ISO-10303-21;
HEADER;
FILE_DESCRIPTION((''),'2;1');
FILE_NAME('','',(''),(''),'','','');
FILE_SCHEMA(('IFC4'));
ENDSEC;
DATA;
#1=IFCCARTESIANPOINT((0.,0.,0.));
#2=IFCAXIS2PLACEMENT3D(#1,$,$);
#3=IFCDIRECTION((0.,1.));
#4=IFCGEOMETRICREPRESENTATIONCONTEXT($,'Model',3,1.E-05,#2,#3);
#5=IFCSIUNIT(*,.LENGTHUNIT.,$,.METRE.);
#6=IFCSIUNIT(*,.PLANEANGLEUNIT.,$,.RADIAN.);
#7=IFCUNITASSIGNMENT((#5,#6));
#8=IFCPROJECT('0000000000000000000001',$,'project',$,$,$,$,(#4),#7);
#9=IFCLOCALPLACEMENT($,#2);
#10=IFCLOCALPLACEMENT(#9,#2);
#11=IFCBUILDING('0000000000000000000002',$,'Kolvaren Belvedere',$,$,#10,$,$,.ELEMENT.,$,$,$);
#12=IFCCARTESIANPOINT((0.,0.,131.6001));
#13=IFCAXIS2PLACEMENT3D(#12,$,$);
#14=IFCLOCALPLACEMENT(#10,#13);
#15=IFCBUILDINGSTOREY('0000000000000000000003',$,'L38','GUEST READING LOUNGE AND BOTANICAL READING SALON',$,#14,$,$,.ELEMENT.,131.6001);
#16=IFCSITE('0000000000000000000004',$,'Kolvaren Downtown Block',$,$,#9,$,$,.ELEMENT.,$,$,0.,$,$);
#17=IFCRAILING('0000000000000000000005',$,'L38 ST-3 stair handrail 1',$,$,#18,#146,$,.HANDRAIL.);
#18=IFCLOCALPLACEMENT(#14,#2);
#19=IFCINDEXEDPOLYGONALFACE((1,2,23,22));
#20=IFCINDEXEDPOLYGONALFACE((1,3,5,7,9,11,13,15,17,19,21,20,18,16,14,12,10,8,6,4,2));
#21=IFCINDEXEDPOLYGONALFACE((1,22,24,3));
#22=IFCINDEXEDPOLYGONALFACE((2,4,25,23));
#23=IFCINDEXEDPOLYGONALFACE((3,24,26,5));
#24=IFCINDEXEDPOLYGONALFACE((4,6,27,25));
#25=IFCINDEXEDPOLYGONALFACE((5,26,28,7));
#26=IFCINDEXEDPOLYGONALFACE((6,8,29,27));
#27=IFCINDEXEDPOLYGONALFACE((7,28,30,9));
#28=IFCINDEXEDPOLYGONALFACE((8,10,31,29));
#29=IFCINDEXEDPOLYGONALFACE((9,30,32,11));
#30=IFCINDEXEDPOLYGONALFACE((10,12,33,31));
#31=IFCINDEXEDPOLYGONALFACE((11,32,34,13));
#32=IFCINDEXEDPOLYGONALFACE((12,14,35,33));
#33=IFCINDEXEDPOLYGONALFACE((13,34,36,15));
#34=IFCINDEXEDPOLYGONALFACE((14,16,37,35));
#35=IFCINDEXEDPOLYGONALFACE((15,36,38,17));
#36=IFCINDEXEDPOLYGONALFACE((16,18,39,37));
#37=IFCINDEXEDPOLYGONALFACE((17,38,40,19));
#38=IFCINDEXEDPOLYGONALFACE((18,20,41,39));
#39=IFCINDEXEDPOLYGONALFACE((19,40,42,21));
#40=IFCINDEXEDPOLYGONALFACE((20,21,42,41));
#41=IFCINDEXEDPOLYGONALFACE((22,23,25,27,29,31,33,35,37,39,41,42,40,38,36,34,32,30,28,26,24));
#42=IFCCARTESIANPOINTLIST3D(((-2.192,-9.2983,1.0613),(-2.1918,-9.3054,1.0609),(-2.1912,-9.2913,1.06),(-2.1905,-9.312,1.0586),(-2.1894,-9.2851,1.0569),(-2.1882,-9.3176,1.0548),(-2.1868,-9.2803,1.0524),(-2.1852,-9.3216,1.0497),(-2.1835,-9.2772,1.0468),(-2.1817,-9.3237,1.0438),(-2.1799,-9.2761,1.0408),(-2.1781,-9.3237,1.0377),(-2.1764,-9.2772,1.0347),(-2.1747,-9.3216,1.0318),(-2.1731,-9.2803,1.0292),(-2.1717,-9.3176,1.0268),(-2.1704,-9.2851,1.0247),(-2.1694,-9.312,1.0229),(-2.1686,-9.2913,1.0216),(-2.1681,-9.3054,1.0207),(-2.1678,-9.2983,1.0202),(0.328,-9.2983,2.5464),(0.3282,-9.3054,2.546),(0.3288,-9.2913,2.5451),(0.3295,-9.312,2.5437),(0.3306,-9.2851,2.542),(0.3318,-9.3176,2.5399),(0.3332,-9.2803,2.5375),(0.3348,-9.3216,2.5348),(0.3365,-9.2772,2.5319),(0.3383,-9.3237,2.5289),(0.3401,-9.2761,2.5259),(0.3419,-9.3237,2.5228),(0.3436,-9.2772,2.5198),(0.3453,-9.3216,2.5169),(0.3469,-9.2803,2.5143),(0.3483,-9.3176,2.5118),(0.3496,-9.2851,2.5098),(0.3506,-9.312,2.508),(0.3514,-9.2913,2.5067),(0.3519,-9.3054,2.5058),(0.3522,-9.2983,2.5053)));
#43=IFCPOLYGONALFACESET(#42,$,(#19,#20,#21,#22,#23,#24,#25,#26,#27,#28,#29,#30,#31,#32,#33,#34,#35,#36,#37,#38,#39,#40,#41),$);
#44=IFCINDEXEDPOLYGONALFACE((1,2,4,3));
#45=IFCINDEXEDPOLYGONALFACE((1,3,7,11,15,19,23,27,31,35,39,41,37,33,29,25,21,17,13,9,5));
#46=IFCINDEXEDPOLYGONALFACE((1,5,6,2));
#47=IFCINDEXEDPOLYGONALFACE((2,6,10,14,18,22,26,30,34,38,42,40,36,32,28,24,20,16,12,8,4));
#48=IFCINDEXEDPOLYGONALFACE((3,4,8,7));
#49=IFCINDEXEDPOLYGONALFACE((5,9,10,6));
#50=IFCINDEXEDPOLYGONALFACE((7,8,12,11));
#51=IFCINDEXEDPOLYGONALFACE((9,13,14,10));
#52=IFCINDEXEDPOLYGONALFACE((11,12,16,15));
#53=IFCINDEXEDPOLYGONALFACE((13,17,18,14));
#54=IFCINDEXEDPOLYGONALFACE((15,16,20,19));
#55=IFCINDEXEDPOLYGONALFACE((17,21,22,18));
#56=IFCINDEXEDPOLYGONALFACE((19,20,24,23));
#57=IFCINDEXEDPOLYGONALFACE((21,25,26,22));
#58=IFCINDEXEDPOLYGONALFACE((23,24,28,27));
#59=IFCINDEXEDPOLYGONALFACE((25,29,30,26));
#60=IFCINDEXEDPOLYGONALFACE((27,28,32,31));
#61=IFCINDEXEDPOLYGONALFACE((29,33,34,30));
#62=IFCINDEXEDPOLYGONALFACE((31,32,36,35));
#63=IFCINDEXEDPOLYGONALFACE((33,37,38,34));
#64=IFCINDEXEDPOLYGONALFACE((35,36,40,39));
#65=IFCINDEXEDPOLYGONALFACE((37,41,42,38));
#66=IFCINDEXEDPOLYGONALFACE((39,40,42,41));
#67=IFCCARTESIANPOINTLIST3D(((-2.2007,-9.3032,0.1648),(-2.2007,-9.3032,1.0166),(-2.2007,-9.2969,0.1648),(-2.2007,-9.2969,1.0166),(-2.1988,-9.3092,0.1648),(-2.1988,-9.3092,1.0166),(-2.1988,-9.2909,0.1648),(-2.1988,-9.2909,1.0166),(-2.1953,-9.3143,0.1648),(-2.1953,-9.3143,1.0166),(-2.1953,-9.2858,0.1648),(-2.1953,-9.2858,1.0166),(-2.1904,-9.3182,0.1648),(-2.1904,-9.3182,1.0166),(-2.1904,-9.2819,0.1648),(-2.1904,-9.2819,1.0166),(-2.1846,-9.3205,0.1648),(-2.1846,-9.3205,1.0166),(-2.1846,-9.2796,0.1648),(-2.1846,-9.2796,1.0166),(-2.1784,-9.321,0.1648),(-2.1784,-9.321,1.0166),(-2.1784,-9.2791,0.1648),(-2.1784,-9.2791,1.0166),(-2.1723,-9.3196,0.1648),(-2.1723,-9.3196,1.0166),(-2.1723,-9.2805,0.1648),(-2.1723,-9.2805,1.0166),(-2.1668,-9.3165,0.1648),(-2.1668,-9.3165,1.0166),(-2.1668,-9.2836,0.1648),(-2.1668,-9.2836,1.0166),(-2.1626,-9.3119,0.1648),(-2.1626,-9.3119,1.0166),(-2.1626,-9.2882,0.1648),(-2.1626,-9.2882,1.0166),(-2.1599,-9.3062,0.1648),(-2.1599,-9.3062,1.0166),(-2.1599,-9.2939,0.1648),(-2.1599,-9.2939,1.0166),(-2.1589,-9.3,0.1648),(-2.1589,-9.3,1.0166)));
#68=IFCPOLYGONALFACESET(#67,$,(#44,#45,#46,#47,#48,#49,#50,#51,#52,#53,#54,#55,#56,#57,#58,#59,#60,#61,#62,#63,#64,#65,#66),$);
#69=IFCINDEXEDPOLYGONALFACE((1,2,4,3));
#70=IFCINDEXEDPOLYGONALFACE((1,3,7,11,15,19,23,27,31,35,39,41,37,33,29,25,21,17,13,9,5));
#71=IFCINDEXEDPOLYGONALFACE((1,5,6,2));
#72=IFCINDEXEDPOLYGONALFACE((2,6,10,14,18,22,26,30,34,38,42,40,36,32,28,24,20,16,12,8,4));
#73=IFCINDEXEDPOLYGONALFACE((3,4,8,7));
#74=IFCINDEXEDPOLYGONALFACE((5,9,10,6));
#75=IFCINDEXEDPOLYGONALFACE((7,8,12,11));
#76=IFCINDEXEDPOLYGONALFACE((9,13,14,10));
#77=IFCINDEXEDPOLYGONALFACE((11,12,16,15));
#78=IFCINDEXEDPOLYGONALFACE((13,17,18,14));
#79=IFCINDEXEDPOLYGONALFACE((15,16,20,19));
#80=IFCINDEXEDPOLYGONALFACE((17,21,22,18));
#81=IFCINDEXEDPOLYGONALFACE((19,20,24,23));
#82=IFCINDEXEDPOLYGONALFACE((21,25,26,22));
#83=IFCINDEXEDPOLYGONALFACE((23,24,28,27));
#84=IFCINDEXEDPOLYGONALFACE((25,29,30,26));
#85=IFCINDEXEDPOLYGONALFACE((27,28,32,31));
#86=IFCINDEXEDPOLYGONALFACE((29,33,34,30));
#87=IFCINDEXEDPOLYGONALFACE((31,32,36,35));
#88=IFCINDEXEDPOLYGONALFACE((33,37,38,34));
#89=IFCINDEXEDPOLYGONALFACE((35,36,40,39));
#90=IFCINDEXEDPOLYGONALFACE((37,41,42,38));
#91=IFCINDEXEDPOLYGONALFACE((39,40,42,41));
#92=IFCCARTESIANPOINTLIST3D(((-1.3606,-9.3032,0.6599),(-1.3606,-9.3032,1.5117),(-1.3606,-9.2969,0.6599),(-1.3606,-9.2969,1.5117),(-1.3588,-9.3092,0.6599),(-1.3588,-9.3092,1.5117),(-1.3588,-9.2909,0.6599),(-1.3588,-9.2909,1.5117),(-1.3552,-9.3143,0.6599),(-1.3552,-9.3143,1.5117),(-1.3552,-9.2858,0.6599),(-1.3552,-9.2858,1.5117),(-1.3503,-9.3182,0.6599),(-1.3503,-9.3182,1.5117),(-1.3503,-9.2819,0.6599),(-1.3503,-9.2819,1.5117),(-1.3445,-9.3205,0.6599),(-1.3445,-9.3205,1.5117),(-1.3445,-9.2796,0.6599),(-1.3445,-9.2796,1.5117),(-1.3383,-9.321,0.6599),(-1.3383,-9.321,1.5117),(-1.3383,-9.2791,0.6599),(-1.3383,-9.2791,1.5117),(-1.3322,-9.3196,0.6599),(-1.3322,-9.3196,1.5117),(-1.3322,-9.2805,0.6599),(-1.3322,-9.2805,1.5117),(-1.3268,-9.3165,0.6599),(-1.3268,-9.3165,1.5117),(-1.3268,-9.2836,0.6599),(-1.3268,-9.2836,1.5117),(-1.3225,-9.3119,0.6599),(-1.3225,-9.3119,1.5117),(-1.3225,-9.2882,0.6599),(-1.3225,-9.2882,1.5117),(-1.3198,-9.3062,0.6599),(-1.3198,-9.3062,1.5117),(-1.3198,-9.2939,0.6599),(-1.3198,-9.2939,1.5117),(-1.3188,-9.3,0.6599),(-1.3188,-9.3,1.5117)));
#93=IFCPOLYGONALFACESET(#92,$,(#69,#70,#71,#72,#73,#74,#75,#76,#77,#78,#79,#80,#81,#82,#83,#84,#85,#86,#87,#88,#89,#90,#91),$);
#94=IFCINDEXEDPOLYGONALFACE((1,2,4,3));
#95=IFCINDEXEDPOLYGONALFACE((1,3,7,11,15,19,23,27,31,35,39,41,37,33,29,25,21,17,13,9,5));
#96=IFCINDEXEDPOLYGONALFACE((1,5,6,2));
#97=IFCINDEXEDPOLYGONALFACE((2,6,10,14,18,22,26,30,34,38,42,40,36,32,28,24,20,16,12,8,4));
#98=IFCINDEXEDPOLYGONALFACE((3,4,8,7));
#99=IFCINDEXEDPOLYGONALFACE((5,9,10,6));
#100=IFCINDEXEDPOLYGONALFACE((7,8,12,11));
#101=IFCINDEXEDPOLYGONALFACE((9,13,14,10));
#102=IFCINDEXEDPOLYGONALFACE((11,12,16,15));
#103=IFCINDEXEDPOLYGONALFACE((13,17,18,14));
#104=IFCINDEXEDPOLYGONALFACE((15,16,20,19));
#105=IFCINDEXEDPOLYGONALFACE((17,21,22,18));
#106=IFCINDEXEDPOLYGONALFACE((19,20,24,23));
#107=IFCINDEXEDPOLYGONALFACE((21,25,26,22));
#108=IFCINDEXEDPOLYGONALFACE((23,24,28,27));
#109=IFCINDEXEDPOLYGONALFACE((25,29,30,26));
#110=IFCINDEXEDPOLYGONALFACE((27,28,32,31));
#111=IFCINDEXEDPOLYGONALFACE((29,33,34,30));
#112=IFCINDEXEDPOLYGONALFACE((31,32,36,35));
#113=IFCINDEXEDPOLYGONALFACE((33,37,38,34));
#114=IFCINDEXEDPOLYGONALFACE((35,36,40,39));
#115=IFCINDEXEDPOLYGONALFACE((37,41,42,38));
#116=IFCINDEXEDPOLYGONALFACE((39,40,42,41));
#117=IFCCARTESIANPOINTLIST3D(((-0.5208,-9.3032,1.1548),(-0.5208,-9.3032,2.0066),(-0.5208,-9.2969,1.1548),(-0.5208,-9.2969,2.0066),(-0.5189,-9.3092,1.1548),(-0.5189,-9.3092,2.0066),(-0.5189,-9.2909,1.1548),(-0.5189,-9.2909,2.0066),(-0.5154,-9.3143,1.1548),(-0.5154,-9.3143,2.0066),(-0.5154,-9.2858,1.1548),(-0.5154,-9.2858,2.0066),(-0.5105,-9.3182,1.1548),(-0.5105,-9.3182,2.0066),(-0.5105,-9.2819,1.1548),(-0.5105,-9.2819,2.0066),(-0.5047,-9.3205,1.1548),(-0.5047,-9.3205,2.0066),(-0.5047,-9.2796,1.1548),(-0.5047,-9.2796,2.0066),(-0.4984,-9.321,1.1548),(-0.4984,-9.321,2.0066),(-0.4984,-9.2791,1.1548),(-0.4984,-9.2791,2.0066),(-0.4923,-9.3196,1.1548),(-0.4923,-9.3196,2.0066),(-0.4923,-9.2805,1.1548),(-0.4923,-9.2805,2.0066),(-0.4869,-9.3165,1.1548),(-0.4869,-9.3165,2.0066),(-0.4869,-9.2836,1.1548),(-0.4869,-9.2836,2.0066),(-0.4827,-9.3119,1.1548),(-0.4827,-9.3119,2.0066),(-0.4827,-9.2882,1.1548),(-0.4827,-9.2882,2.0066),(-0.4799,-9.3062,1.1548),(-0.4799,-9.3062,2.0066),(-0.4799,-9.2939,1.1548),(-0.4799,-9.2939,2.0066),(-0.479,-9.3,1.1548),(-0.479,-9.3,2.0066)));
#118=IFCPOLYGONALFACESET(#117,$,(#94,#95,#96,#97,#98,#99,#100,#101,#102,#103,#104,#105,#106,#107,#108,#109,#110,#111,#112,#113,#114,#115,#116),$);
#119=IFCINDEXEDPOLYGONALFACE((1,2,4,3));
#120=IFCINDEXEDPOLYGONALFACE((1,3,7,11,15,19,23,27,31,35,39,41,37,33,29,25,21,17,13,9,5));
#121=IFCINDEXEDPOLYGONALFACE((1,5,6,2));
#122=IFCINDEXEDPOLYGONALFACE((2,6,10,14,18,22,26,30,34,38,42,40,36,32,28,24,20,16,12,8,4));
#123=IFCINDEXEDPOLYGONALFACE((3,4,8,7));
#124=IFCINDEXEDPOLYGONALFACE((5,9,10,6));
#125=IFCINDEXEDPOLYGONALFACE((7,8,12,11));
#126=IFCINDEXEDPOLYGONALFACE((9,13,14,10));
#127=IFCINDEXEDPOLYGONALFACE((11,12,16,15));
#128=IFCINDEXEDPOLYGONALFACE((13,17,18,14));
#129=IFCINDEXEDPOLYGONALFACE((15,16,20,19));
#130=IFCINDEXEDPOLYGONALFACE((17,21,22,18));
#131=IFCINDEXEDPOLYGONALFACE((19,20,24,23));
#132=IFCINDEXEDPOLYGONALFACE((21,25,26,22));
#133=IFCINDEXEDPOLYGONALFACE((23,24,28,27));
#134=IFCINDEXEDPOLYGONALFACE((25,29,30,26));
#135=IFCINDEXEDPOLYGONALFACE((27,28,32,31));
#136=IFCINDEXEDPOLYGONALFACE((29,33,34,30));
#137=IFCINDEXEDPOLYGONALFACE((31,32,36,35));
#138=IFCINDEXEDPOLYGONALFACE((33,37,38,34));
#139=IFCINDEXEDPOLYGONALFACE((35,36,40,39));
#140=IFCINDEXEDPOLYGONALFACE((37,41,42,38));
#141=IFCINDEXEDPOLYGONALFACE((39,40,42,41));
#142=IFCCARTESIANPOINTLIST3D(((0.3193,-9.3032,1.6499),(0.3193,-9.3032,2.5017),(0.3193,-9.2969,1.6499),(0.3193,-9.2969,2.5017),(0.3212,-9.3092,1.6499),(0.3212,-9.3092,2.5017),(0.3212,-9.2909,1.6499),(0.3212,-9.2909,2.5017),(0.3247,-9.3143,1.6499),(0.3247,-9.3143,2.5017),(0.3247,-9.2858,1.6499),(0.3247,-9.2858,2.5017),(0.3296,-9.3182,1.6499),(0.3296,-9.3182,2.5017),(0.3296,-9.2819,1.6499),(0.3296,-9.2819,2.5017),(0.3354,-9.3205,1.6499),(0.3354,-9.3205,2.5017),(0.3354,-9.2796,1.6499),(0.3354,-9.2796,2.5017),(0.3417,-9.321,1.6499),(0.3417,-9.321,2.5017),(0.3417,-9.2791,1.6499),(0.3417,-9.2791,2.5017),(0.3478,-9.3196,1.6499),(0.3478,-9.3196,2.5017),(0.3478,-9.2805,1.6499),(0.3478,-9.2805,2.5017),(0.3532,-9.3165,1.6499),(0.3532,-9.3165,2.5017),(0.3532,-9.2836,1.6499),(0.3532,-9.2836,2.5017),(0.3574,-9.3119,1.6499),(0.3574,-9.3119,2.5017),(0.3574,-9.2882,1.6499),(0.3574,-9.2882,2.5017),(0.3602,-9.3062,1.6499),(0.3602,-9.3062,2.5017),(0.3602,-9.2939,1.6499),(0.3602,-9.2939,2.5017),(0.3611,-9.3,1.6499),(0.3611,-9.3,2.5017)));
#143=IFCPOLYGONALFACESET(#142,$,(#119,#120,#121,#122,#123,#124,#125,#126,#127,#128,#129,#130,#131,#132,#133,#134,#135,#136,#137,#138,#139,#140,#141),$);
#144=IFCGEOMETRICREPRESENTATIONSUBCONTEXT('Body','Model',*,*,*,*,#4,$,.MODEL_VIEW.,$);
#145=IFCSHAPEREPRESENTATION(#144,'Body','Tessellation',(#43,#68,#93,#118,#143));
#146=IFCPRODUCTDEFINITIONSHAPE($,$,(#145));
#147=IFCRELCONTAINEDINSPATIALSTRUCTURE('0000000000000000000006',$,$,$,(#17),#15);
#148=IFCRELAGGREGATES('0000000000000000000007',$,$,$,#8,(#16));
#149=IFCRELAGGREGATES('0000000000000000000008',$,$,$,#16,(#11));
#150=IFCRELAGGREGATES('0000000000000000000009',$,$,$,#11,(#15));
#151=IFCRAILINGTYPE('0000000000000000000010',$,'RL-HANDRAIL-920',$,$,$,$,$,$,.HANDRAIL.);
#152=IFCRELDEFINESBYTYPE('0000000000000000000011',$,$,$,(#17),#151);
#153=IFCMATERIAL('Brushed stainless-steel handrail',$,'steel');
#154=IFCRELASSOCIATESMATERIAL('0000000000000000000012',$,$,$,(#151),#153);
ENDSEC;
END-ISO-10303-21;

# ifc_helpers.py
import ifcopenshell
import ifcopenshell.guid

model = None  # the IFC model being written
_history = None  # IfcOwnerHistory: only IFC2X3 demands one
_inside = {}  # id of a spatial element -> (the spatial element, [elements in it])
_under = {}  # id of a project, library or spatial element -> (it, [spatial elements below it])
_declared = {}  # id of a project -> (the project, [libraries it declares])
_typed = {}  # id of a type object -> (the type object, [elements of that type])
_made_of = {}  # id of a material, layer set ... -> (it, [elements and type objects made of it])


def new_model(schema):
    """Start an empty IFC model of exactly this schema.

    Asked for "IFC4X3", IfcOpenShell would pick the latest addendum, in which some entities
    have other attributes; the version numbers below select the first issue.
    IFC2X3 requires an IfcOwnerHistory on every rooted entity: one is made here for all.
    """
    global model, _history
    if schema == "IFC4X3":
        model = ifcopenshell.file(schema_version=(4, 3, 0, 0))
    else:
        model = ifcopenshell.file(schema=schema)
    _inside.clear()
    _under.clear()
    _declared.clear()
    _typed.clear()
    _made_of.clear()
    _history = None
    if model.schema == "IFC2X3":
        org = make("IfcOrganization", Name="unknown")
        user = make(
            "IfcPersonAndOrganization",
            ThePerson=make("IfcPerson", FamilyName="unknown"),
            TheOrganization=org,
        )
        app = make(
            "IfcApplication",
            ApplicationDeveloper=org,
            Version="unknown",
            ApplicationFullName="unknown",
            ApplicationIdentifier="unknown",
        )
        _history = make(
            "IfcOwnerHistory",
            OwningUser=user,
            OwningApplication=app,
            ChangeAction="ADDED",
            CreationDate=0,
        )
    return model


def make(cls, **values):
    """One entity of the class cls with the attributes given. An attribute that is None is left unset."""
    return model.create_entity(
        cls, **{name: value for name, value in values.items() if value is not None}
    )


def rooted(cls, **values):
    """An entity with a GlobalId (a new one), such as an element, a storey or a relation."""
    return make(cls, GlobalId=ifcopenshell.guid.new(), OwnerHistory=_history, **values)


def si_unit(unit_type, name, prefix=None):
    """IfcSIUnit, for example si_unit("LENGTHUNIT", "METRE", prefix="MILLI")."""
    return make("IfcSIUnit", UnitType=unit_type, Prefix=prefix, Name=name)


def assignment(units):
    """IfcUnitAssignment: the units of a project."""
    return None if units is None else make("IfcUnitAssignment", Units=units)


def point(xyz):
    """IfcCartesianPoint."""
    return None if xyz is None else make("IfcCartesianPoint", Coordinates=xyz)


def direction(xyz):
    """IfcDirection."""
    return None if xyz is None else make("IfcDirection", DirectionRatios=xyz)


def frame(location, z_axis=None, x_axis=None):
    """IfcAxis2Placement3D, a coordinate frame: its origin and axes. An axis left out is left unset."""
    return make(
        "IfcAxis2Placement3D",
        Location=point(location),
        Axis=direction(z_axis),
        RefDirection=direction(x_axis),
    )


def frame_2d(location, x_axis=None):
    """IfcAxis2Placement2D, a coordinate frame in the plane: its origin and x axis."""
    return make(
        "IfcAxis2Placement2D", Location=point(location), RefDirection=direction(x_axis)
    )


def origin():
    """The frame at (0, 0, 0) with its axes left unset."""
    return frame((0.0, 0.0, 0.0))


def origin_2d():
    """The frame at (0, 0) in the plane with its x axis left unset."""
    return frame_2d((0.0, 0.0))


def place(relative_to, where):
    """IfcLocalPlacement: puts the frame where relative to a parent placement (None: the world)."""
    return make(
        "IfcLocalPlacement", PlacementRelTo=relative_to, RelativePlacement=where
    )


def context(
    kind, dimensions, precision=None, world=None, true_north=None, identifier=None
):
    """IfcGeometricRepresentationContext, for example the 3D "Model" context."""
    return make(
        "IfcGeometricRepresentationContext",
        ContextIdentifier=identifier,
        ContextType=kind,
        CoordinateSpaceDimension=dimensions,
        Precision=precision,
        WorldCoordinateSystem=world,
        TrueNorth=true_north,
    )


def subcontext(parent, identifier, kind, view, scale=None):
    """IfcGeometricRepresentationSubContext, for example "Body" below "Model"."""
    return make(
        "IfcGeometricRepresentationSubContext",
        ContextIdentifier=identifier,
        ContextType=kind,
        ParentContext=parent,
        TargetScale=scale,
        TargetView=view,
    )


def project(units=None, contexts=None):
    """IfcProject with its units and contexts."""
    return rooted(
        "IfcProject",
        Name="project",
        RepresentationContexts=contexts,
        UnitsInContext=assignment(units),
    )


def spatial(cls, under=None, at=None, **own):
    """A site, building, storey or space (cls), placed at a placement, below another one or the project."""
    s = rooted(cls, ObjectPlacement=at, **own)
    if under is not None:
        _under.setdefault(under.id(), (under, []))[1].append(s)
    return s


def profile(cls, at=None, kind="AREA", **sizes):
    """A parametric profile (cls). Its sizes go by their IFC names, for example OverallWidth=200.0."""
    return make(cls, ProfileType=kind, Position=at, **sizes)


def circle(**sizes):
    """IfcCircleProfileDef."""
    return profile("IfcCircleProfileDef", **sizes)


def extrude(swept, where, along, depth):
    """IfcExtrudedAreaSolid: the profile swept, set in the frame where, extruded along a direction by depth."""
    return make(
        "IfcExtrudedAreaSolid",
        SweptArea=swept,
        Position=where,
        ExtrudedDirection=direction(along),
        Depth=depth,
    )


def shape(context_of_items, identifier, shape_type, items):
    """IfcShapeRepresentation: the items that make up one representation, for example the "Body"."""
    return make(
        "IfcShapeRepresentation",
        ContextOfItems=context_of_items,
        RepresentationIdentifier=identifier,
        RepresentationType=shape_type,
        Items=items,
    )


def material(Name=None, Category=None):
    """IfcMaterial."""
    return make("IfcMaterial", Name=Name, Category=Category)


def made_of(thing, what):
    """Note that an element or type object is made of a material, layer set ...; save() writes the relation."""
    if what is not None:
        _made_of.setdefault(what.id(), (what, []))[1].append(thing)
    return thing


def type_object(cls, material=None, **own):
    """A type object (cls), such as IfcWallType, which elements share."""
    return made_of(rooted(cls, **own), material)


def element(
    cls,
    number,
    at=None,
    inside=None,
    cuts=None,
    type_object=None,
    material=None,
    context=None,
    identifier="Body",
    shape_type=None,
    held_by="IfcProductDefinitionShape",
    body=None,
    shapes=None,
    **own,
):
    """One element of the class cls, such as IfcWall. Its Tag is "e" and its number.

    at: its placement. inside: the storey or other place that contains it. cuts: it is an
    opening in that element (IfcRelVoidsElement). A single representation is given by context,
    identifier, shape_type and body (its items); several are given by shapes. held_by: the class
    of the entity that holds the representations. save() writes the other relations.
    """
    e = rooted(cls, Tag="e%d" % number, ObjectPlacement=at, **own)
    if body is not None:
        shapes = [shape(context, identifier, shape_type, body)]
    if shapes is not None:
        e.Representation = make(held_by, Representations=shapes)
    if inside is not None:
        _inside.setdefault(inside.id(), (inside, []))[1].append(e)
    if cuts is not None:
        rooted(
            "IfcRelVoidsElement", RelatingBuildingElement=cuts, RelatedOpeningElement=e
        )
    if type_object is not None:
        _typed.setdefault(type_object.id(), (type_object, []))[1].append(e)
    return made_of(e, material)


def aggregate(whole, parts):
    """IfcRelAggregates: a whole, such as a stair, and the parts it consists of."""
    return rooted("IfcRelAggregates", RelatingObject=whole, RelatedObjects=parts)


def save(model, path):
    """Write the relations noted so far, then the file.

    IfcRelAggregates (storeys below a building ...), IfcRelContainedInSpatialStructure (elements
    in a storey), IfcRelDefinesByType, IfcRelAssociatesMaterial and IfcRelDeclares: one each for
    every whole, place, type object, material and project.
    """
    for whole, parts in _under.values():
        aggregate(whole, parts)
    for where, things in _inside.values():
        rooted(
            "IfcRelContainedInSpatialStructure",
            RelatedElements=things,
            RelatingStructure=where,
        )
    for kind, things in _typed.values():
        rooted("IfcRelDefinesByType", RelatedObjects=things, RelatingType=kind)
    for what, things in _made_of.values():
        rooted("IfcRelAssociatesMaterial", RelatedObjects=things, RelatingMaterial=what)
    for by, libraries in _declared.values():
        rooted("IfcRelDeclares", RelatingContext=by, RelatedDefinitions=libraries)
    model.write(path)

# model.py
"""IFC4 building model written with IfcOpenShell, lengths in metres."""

from ifc_helpers import new_model, si_unit, direction, frame, origin, origin_2d, place, context, subcontext, project, spatial, circle, extrude, material, type_object, element, save


model = new_model("IFC4")

# Units and contexts
model_context = context("Model", 3, precision=1e-05, world=origin(), true_north=direction((0.0, 1.0)))
body_context = subcontext(model_context, "Body", "Model", "MODEL_VIEW")
ifc_project = project(units=[si_unit("LENGTHUNIT", "METRE"), si_unit("PLANEANGLEUNIT", "RADIAN")], contexts=[model_context])

# Site, building, storey
site_placement = place(None, origin())
site = spatial("IfcSite", under=ifc_project, at=site_placement, Name="Kolvaren Downtown Block", CompositionType="ELEMENT", RefElevation=0.0)
building_placement = place(site_placement, origin())
building = spatial("IfcBuilding", under=site, at=building_placement, Name="Kolvaren Belvedere", CompositionType="ELEMENT")
storey_placement = place(building_placement, frame((0.0, 0.0, 131.6001)))
storey = spatial("IfcBuildingStorey", under=building, at=storey_placement, Name="L38", Description="GUEST READING LOUNGE AND BOTANICAL READING SALON", CompositionType="ELEMENT", Elevation=131.6001)

# Railing
ifc_material_1 = material(Name="Brushed stainless-steel handrail", Category="steel")
railing_type_1 = type_object("IfcRailingType", Name="RL-HANDRAIL-920", PredefinedType="HANDRAIL", material=ifc_material_1)
railing_1_placement = place(storey_placement, frame((-2.1799, -9.3, 0.1648)))
element("IfcRailing", 1, at=railing_1_placement, inside=storey, type_object=railing_type_1, Name="L38 ST-3 stair handrail 1", PredefinedType="HANDRAIL", context=body_context, shape_type="SweptSolid", body=[
    extrude(circle(Radius=0.0239, at=origin_2d()), frame((0.0, 0.0, 0.876), z_axis=(0.861524, 0.0, 0.507717), x_axis=(0.0, 1.0, 0.0)), (0.0, 0.0, 1.0), 2.925),
    extrude(circle(Radius=0.021, at=origin_2d()), origin(), (0.0, 0.0, 1.0), 0.8518),
    extrude(circle(Radius=0.021, at=origin_2d()), frame((0.8401, 0.0, 0.4951)), (0.0, 0.0, 1.0), 0.8518),
    extrude(circle(Radius=0.021, at=origin_2d()), frame((1.6799, 0.0, 0.99)), (0.0, 0.0, 1.0), 0.8518),
    extrude(circle(Radius=0.021, at=origin_2d()), frame((2.52, 0.0, 1.4851)), (0.0, 0.0, 1.0), 0.8518),
])

save(model, "model.ifc")
